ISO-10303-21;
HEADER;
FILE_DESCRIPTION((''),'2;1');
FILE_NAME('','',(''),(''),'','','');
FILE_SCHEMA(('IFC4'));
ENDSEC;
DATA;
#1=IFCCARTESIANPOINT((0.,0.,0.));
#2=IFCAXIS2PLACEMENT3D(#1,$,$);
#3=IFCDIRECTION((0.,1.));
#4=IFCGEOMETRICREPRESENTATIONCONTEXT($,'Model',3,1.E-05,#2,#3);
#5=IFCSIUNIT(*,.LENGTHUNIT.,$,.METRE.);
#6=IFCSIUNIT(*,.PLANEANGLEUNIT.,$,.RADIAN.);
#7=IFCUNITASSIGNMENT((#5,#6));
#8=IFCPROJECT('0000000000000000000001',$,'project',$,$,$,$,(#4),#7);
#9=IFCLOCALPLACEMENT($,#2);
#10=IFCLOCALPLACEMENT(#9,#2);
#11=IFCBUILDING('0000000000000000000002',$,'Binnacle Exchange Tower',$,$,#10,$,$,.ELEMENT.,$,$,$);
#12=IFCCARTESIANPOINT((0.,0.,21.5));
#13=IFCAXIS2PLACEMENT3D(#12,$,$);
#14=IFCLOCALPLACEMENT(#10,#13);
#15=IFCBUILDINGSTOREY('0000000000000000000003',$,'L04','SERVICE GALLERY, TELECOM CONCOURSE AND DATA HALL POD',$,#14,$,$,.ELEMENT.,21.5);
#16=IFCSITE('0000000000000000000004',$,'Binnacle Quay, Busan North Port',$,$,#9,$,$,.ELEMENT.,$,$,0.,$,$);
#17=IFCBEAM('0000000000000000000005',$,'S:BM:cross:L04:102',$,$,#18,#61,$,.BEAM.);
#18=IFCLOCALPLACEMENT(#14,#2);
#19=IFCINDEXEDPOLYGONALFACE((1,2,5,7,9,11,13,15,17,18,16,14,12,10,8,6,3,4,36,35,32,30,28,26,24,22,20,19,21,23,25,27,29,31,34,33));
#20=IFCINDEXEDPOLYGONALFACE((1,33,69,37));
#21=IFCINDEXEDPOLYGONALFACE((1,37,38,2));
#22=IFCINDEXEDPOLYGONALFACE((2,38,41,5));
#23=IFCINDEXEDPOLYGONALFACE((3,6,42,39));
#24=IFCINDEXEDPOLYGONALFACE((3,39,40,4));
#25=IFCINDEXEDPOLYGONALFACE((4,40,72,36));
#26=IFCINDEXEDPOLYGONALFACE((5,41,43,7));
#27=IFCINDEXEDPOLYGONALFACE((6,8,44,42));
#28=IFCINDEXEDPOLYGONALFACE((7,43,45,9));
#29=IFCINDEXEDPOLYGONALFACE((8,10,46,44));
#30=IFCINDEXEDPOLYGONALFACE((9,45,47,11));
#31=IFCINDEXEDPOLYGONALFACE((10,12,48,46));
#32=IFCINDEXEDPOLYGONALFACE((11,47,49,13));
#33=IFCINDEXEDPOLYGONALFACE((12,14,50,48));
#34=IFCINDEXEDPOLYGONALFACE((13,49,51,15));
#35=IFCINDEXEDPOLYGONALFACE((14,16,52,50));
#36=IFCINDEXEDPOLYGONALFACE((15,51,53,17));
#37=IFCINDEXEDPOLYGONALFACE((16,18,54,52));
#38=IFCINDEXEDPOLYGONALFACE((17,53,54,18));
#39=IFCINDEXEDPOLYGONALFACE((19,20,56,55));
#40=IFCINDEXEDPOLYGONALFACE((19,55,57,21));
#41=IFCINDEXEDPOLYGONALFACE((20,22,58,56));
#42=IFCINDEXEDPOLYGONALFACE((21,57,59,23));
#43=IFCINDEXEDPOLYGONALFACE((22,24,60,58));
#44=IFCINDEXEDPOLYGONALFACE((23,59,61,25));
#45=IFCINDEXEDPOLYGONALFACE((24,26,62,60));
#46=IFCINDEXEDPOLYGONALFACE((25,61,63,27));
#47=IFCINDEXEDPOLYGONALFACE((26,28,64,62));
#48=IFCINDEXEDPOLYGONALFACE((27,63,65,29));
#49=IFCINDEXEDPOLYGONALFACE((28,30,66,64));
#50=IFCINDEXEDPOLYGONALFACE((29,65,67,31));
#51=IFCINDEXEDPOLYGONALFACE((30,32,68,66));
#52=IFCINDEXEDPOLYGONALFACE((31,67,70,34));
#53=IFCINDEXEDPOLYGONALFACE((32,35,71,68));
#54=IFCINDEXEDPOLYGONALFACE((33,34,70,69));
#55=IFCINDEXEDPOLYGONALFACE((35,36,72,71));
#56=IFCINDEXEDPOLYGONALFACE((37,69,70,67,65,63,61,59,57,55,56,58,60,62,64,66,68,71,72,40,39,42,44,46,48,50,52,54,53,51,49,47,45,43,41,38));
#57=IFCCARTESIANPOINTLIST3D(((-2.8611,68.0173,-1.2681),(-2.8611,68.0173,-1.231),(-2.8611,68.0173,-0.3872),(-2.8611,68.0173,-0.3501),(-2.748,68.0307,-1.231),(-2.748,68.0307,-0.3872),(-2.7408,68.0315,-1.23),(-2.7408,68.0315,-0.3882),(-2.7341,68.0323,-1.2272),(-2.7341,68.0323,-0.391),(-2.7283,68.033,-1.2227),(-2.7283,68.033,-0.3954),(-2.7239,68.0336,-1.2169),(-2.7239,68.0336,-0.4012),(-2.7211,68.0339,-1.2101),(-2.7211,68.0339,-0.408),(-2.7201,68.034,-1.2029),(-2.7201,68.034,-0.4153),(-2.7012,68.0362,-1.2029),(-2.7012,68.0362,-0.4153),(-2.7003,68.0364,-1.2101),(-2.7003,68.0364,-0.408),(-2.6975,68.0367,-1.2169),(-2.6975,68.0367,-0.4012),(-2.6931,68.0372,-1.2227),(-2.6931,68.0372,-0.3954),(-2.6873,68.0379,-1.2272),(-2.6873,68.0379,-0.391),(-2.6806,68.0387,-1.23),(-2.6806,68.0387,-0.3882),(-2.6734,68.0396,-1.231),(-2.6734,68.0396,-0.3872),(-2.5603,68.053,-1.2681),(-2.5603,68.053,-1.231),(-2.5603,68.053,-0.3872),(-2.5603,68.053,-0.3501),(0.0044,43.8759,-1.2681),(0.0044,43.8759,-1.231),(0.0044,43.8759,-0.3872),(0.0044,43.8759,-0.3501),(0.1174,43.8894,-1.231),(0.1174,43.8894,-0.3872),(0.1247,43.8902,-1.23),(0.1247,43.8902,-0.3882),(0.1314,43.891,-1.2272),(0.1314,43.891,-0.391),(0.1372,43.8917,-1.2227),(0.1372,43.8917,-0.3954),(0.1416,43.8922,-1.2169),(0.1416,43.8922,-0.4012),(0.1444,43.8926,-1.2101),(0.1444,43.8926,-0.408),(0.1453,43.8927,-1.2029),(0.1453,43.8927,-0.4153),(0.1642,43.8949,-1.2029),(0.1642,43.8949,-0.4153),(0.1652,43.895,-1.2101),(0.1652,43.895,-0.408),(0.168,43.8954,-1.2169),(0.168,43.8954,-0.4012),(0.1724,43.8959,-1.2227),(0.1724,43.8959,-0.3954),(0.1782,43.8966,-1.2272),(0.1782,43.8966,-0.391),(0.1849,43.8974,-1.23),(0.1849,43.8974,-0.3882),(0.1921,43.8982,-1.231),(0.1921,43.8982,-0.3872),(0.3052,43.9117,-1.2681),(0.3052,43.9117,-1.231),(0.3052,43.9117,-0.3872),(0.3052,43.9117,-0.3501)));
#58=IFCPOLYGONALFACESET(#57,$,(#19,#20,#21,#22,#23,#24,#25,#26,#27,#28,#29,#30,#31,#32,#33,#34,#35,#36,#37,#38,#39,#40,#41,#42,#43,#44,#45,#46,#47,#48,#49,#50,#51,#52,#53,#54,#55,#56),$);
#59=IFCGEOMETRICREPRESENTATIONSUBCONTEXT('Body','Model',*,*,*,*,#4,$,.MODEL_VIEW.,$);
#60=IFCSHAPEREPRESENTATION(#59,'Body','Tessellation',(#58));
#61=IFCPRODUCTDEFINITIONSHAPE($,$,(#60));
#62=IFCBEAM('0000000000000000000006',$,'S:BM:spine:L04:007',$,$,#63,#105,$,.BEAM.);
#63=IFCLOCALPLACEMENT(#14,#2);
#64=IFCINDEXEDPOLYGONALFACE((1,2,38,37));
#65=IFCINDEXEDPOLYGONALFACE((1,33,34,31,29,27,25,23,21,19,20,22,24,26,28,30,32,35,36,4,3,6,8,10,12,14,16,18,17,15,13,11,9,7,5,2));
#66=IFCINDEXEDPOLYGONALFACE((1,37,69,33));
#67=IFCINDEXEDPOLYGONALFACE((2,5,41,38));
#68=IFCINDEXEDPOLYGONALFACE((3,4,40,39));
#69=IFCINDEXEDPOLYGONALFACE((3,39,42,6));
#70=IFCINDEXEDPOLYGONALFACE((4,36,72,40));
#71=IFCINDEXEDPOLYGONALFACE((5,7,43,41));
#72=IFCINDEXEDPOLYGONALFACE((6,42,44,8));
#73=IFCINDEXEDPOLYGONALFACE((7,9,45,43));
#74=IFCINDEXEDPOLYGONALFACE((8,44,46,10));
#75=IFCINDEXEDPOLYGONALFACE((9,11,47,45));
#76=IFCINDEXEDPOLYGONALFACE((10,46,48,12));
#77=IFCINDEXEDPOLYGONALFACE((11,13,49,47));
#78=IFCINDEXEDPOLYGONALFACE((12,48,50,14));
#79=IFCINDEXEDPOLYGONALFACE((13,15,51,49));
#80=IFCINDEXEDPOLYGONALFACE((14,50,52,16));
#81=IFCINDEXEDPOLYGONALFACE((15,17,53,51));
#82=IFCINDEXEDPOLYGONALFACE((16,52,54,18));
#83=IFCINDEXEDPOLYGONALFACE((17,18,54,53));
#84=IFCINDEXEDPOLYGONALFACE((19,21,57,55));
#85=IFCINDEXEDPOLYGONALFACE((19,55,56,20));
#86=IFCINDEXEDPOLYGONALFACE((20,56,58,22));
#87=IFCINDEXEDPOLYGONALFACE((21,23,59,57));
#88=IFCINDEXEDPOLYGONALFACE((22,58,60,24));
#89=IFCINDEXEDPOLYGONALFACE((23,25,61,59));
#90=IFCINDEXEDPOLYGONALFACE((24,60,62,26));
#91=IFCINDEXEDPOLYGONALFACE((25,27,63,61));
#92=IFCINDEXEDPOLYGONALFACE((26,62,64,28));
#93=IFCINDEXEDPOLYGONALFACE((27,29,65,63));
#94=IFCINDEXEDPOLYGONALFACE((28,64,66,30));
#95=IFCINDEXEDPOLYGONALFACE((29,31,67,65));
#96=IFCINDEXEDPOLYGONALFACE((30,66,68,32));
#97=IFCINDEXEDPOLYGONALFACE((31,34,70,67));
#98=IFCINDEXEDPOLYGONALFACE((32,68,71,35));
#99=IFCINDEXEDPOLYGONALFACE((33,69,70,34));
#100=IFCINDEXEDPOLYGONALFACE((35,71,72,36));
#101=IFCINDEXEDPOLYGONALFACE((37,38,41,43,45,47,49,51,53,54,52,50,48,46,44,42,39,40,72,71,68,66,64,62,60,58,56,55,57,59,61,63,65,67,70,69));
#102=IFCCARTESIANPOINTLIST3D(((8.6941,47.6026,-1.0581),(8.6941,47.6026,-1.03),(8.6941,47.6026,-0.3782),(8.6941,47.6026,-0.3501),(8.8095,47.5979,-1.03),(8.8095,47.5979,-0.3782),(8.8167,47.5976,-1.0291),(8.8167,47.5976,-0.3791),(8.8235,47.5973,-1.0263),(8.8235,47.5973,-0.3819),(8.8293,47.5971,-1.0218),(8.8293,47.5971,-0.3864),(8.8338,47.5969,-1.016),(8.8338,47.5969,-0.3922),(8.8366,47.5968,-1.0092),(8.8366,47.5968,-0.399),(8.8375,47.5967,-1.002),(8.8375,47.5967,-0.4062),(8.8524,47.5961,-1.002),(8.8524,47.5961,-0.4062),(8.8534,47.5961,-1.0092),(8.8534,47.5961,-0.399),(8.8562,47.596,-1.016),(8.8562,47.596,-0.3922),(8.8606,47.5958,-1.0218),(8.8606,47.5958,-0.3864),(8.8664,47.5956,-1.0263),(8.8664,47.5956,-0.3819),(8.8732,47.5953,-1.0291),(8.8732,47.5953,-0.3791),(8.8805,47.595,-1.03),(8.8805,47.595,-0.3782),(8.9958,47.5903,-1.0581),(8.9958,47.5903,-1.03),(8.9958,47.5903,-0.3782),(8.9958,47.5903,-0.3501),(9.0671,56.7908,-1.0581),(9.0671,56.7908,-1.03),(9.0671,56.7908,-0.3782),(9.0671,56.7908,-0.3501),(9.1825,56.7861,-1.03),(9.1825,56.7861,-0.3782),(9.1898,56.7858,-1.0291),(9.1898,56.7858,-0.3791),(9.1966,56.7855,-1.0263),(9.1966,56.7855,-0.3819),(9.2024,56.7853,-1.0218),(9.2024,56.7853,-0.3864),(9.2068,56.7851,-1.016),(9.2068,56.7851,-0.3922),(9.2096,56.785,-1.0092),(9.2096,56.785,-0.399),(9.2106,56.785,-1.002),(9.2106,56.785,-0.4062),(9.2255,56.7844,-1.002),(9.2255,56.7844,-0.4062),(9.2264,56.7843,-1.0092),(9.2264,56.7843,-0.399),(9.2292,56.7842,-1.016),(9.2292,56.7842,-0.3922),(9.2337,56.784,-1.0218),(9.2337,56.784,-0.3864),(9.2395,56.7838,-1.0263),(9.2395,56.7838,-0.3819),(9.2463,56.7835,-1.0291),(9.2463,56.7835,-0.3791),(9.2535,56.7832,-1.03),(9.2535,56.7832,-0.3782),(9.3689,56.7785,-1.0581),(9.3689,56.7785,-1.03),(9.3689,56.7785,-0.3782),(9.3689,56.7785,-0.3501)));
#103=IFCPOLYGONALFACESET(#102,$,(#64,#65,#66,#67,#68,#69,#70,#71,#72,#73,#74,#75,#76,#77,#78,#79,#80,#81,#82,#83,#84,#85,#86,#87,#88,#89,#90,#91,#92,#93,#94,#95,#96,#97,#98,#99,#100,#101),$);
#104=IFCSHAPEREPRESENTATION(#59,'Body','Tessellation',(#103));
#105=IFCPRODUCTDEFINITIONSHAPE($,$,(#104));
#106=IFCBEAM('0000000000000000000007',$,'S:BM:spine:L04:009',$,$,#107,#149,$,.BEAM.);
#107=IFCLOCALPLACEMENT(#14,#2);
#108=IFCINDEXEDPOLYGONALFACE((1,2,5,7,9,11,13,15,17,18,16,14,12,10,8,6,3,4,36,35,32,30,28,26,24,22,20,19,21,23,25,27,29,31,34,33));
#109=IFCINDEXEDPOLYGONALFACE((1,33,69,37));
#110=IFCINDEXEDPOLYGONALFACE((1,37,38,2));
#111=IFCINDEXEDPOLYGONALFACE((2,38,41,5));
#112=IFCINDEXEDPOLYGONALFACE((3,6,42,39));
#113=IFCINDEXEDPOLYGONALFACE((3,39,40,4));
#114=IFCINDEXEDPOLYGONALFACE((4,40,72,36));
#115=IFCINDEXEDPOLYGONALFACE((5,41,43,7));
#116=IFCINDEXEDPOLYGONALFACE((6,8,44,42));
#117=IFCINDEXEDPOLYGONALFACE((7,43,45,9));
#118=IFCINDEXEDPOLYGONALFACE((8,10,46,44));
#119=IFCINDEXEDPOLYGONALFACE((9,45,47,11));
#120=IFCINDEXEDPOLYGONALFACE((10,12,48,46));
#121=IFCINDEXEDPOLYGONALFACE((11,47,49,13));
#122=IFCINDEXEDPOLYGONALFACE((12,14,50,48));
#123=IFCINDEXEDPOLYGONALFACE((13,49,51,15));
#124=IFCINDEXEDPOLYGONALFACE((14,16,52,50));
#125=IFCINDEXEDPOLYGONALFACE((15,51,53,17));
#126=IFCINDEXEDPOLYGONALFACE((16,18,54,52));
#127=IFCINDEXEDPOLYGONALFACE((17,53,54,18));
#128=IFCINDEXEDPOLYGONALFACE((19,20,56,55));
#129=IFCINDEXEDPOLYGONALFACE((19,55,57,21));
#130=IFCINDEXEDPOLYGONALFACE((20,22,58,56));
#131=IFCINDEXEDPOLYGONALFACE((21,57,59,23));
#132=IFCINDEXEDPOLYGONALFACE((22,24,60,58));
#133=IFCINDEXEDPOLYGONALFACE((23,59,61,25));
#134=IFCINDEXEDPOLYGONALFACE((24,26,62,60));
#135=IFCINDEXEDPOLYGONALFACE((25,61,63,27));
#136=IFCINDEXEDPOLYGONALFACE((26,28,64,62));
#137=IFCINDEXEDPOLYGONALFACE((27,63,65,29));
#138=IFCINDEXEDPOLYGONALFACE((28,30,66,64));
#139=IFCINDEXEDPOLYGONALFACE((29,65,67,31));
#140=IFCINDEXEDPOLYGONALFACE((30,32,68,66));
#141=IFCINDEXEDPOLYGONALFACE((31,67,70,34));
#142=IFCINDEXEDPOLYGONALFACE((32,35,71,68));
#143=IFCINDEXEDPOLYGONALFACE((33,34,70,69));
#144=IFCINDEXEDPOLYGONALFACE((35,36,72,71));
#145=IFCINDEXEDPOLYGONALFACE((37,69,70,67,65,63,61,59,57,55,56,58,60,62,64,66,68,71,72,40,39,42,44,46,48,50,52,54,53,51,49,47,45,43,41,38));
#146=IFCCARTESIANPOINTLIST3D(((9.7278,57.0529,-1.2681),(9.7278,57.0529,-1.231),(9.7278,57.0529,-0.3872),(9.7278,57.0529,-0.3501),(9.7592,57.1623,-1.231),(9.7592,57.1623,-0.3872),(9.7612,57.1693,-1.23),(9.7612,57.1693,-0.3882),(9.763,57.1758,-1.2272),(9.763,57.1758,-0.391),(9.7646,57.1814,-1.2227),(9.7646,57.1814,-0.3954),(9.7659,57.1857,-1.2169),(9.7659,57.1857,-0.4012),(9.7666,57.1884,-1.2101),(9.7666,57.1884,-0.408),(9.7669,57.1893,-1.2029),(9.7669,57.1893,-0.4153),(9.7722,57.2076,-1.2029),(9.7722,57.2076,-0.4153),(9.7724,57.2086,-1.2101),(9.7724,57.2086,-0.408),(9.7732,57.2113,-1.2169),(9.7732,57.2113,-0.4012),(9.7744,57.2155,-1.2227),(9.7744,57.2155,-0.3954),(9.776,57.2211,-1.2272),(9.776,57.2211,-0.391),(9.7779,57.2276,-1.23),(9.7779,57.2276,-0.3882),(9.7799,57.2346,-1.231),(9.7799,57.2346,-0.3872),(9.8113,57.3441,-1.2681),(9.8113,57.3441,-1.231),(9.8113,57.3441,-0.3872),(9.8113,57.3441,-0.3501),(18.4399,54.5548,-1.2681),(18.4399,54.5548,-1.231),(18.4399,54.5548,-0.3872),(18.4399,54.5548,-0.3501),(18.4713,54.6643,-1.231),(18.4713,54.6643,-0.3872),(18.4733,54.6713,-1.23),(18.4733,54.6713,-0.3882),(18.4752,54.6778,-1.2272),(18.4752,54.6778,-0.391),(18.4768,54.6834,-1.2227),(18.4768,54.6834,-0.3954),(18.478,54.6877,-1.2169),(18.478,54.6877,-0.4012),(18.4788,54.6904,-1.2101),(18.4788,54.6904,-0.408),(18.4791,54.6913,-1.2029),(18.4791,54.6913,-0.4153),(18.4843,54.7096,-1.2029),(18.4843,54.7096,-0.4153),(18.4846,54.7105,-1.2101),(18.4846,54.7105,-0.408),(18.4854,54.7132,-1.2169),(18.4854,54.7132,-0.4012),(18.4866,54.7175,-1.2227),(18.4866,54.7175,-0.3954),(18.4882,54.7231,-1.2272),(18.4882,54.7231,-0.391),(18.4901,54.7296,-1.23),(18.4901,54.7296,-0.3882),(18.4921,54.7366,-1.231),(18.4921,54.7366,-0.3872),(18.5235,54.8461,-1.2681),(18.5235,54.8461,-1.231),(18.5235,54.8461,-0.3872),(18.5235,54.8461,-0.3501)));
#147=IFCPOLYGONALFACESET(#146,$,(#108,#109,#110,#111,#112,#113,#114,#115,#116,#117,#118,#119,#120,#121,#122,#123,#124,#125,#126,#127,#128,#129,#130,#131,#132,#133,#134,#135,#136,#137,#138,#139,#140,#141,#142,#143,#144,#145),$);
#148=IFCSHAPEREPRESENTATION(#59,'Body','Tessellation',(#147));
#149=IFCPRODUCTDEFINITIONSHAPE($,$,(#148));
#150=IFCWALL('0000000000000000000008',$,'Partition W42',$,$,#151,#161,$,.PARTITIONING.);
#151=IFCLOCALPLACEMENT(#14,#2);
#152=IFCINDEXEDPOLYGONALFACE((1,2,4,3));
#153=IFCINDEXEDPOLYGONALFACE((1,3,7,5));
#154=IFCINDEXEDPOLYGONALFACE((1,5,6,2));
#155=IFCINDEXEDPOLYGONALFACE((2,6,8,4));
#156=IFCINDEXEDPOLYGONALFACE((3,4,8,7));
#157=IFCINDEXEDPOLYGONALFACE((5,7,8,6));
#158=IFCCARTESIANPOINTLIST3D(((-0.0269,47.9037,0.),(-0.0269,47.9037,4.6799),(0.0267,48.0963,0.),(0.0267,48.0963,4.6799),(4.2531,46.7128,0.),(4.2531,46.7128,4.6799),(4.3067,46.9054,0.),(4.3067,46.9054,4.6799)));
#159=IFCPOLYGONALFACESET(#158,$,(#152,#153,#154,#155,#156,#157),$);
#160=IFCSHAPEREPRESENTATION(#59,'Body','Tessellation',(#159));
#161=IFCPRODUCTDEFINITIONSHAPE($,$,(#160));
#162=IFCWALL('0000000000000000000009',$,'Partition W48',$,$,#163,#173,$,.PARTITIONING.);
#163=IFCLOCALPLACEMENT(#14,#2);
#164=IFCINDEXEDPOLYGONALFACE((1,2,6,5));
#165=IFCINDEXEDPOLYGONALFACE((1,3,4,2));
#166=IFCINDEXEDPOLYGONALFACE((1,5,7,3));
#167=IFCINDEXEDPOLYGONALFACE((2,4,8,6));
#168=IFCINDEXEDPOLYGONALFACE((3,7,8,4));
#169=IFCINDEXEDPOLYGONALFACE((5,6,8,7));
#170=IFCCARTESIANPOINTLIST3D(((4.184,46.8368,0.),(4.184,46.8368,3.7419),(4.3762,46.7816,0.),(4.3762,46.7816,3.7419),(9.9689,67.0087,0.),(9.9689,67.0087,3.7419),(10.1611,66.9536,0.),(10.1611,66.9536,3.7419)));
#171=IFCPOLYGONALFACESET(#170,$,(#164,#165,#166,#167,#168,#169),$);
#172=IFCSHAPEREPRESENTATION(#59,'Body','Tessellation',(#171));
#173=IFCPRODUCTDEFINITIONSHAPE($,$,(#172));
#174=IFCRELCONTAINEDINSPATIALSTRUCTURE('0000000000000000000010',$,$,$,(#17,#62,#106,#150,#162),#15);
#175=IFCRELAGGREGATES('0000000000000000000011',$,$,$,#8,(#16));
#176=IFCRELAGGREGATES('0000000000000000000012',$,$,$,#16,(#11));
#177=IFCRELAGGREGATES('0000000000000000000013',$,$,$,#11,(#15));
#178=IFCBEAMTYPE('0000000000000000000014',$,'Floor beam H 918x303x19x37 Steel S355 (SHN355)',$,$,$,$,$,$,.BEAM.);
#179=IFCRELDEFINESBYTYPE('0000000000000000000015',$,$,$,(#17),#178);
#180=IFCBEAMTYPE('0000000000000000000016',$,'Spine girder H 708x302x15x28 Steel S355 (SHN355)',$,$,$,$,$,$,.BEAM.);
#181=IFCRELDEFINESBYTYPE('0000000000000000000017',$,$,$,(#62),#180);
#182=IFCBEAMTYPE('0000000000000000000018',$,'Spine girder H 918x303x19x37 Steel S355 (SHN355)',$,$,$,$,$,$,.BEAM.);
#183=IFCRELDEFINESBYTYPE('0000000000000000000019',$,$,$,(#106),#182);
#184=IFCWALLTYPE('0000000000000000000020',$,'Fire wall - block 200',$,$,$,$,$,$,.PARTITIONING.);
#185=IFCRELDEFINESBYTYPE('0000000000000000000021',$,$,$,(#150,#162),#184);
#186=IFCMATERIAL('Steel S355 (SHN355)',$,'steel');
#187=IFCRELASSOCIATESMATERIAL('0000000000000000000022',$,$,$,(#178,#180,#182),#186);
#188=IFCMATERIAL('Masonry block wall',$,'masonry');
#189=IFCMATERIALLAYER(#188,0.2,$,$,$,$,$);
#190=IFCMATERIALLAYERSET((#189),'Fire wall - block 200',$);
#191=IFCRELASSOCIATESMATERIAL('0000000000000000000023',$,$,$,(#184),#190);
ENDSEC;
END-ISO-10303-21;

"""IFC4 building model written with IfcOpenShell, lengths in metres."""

from ifc_helpers import new_model, si_unit, direction, frame, frame_2d, origin, origin_2d, place, context, subcontext, project, spatial, rectangle, i_section, extrude, material, layer, layer_set, material_profile, profile_set, type_object, element, save


model = new_model("IFC4")

# Units and contexts
model_context = context("Model", 3, precision=1e-05, world=origin(), true_north=direction((0.0, 1.0)))
body_context = subcontext(model_context, "Body", "Model", "MODEL_VIEW")
ifc_project = project(units=[si_unit("LENGTHUNIT", "METRE"), si_unit("PLANEANGLEUNIT", "RADIAN")], contexts=[model_context])

# Site, building, storey
site_placement = place(None, origin())
site = spatial("IfcSite", under=ifc_project, at=site_placement, Name="Binnacle Quay, Busan North Port", CompositionType="ELEMENT", RefElevation=0.0)
building_placement = place(site_placement, origin())
building = spatial("IfcBuilding", under=site, at=building_placement, Name="Binnacle Exchange Tower", CompositionType="ELEMENT")
storey_placement = place(building_placement, frame((0.0, 0.0, 21.5)))
storey = spatial("IfcBuildingStorey", under=building, at=storey_placement, Name="L04", Description="SERVICE GALLERY, TELECOM CONCOURSE AND DATA HALL POD", CompositionType="ELEMENT", Elevation=21.5)

# Beams
ifc_material_1 = material(Name="Steel S355 (SHN355)", Category="steel")
ifc_material_profile_1 = material_profile(ifc_material_1, i_section(OverallWidth=0.303, OverallDepth=0.918, WebThickness=0.019, FlangeThickness=0.0371, FilletRadius=0.0281, at=origin_2d()), Name="H 918x303x19x37")
ifc_profile_set_1 = profile_set([ifc_material_profile_1], Name="Steel S355 (SHN355)")
beam_type_1 = type_object("IfcBeamType", Name="Floor beam H 918x303x19x37 Steel S355 (SHN355)", PredefinedType="BEAM", material=ifc_profile_set_1)
beam_1_placement = place(storey_placement, frame((0.1548, 43.8938, -0.8091), z_axis=(-0.117868, 0.993029, 0.0), x_axis=(-0.993029, -0.117868, 0.0)))
element("IfcBeam", 1, at=beam_1_placement, inside=storey, type_object=beam_type_1, Name="S:BM:cross:L04:102", PredefinedType="BEAM", context=body_context, shape_type="SweptSolid", body=[
    extrude(i_section(OverallWidth=0.303, OverallDepth=0.918, WebThickness=0.019, FlangeThickness=0.0371, FilletRadius=0.0281, at=origin_2d()), origin(), (0.0, 0.0, 1.0), 24.3108),
])
ifc_material_profile_2 = material_profile(ifc_material_1, i_section(OverallWidth=0.302, OverallDepth=0.708, WebThickness=0.0149, FlangeThickness=0.0281, FilletRadius=0.0281, at=origin_2d()), Name="H 708x302x15x28")
ifc_profile_set_2 = profile_set([ifc_material_profile_2], Name="Steel S355 (SHN355)")
beam_type_2 = type_object("IfcBeamType", Name="Spine girder H 708x302x15x28 Steel S355 (SHN355)", PredefinedType="BEAM", material=ifc_profile_set_2)
beam_2_placement = place(storey_placement, frame((9.218, 56.7847, -0.7041), z_axis=(-0.040567, -0.999177, 0.0), x_axis=(0.999177, -0.040567, 0.0)))
element("IfcBeam", 2, at=beam_2_placement, inside=storey, type_object=beam_type_2, Name="S:BM:spine:L04:007", PredefinedType="BEAM", context=body_context, shape_type="SweptSolid", body=[
    extrude(i_section(OverallWidth=0.302, OverallDepth=0.708, WebThickness=0.0149, FlangeThickness=0.0281, FilletRadius=0.0281, at=origin_2d()), origin(), (0.0, 0.0, 1.0), 9.1958),
])
ifc_material_profile_3 = material_profile(ifc_material_1, i_section(OverallWidth=0.303, OverallDepth=0.918, WebThickness=0.019, FlangeThickness=0.0371, FilletRadius=0.0281, at=origin_2d()), Name="H 918x303x19x37")
ifc_profile_set_3 = profile_set([ifc_material_profile_3], Name="Steel S355 (SHN355)")
beam_type_3 = type_object("IfcBeamType", Name="Spine girder H 918x303x19x37 Steel S355 (SHN355)", PredefinedType="BEAM", material=ifc_profile_set_3)
beam_3_placement = place(storey_placement, frame((9.7695, 57.1985, -0.8091), z_axis=(0.961265, -0.275625, 0.0), x_axis=(0.275625, 0.961265, 0.0)))
element("IfcBeam", 3, at=beam_3_placement, inside=storey, type_object=beam_type_3, Name="S:BM:spine:L04:009", PredefinedType="BEAM", context=body_context, shape_type="SweptSolid", body=[
    extrude(i_section(OverallWidth=0.303, OverallDepth=0.918, WebThickness=0.019, FlangeThickness=0.0371, FilletRadius=0.0281, at=origin_2d()), origin(), (0.0, 0.0, 1.0), 9.0632),
])

# Walls
ifc_material_2 = material(Name="Masonry block wall", Category="masonry")
ifc_layer_1 = layer(ifc_material_2, 0.2)
ifc_layer_set_1 = layer_set([ifc_layer_1], Name="Fire wall - block 200")
wall_type_1 = type_object("IfcWallType", Name="Fire wall - block 200", PredefinedType="PARTITIONING", material=ifc_layer_set_1)
wall_1_placement = place(storey_placement, frame((0.0, 48.0, 0.0), z_axis=(0.0, 0.0, 1.0), x_axis=(0.963401, -0.268066, 0.0)))
element("IfcWall", 4, at=wall_1_placement, inside=storey, type_object=wall_type_1, Name="Partition W42", PredefinedType="PARTITIONING", context=body_context, shape_type="SweptSolid", body=[
    extrude(rectangle(XDim=4.4426, YDim=0.2, at=frame_2d((2.2212, 0.0))), origin(), (0.0, 0.0, 1.0), 4.6799),
])
wall_2_placement = place(storey_placement, frame((4.28, 46.8091, 0.0), z_axis=(0.0, 0.0, 1.0), x_axis=(0.275669, 0.961253, 0.0)))
element("IfcWall", 5, at=wall_2_placement, inside=storey, type_object=wall_type_1, Name="Partition W48", PredefinedType="PARTITIONING", context=body_context, shape_type="SweptSolid", body=[
    extrude(rectangle(XDim=20.9851, YDim=0.2, at=frame_2d((10.4927, 0.0))), origin(), (0.0, 0.0, 1.0), 3.7419),
])

save(model, "model.ifc")
